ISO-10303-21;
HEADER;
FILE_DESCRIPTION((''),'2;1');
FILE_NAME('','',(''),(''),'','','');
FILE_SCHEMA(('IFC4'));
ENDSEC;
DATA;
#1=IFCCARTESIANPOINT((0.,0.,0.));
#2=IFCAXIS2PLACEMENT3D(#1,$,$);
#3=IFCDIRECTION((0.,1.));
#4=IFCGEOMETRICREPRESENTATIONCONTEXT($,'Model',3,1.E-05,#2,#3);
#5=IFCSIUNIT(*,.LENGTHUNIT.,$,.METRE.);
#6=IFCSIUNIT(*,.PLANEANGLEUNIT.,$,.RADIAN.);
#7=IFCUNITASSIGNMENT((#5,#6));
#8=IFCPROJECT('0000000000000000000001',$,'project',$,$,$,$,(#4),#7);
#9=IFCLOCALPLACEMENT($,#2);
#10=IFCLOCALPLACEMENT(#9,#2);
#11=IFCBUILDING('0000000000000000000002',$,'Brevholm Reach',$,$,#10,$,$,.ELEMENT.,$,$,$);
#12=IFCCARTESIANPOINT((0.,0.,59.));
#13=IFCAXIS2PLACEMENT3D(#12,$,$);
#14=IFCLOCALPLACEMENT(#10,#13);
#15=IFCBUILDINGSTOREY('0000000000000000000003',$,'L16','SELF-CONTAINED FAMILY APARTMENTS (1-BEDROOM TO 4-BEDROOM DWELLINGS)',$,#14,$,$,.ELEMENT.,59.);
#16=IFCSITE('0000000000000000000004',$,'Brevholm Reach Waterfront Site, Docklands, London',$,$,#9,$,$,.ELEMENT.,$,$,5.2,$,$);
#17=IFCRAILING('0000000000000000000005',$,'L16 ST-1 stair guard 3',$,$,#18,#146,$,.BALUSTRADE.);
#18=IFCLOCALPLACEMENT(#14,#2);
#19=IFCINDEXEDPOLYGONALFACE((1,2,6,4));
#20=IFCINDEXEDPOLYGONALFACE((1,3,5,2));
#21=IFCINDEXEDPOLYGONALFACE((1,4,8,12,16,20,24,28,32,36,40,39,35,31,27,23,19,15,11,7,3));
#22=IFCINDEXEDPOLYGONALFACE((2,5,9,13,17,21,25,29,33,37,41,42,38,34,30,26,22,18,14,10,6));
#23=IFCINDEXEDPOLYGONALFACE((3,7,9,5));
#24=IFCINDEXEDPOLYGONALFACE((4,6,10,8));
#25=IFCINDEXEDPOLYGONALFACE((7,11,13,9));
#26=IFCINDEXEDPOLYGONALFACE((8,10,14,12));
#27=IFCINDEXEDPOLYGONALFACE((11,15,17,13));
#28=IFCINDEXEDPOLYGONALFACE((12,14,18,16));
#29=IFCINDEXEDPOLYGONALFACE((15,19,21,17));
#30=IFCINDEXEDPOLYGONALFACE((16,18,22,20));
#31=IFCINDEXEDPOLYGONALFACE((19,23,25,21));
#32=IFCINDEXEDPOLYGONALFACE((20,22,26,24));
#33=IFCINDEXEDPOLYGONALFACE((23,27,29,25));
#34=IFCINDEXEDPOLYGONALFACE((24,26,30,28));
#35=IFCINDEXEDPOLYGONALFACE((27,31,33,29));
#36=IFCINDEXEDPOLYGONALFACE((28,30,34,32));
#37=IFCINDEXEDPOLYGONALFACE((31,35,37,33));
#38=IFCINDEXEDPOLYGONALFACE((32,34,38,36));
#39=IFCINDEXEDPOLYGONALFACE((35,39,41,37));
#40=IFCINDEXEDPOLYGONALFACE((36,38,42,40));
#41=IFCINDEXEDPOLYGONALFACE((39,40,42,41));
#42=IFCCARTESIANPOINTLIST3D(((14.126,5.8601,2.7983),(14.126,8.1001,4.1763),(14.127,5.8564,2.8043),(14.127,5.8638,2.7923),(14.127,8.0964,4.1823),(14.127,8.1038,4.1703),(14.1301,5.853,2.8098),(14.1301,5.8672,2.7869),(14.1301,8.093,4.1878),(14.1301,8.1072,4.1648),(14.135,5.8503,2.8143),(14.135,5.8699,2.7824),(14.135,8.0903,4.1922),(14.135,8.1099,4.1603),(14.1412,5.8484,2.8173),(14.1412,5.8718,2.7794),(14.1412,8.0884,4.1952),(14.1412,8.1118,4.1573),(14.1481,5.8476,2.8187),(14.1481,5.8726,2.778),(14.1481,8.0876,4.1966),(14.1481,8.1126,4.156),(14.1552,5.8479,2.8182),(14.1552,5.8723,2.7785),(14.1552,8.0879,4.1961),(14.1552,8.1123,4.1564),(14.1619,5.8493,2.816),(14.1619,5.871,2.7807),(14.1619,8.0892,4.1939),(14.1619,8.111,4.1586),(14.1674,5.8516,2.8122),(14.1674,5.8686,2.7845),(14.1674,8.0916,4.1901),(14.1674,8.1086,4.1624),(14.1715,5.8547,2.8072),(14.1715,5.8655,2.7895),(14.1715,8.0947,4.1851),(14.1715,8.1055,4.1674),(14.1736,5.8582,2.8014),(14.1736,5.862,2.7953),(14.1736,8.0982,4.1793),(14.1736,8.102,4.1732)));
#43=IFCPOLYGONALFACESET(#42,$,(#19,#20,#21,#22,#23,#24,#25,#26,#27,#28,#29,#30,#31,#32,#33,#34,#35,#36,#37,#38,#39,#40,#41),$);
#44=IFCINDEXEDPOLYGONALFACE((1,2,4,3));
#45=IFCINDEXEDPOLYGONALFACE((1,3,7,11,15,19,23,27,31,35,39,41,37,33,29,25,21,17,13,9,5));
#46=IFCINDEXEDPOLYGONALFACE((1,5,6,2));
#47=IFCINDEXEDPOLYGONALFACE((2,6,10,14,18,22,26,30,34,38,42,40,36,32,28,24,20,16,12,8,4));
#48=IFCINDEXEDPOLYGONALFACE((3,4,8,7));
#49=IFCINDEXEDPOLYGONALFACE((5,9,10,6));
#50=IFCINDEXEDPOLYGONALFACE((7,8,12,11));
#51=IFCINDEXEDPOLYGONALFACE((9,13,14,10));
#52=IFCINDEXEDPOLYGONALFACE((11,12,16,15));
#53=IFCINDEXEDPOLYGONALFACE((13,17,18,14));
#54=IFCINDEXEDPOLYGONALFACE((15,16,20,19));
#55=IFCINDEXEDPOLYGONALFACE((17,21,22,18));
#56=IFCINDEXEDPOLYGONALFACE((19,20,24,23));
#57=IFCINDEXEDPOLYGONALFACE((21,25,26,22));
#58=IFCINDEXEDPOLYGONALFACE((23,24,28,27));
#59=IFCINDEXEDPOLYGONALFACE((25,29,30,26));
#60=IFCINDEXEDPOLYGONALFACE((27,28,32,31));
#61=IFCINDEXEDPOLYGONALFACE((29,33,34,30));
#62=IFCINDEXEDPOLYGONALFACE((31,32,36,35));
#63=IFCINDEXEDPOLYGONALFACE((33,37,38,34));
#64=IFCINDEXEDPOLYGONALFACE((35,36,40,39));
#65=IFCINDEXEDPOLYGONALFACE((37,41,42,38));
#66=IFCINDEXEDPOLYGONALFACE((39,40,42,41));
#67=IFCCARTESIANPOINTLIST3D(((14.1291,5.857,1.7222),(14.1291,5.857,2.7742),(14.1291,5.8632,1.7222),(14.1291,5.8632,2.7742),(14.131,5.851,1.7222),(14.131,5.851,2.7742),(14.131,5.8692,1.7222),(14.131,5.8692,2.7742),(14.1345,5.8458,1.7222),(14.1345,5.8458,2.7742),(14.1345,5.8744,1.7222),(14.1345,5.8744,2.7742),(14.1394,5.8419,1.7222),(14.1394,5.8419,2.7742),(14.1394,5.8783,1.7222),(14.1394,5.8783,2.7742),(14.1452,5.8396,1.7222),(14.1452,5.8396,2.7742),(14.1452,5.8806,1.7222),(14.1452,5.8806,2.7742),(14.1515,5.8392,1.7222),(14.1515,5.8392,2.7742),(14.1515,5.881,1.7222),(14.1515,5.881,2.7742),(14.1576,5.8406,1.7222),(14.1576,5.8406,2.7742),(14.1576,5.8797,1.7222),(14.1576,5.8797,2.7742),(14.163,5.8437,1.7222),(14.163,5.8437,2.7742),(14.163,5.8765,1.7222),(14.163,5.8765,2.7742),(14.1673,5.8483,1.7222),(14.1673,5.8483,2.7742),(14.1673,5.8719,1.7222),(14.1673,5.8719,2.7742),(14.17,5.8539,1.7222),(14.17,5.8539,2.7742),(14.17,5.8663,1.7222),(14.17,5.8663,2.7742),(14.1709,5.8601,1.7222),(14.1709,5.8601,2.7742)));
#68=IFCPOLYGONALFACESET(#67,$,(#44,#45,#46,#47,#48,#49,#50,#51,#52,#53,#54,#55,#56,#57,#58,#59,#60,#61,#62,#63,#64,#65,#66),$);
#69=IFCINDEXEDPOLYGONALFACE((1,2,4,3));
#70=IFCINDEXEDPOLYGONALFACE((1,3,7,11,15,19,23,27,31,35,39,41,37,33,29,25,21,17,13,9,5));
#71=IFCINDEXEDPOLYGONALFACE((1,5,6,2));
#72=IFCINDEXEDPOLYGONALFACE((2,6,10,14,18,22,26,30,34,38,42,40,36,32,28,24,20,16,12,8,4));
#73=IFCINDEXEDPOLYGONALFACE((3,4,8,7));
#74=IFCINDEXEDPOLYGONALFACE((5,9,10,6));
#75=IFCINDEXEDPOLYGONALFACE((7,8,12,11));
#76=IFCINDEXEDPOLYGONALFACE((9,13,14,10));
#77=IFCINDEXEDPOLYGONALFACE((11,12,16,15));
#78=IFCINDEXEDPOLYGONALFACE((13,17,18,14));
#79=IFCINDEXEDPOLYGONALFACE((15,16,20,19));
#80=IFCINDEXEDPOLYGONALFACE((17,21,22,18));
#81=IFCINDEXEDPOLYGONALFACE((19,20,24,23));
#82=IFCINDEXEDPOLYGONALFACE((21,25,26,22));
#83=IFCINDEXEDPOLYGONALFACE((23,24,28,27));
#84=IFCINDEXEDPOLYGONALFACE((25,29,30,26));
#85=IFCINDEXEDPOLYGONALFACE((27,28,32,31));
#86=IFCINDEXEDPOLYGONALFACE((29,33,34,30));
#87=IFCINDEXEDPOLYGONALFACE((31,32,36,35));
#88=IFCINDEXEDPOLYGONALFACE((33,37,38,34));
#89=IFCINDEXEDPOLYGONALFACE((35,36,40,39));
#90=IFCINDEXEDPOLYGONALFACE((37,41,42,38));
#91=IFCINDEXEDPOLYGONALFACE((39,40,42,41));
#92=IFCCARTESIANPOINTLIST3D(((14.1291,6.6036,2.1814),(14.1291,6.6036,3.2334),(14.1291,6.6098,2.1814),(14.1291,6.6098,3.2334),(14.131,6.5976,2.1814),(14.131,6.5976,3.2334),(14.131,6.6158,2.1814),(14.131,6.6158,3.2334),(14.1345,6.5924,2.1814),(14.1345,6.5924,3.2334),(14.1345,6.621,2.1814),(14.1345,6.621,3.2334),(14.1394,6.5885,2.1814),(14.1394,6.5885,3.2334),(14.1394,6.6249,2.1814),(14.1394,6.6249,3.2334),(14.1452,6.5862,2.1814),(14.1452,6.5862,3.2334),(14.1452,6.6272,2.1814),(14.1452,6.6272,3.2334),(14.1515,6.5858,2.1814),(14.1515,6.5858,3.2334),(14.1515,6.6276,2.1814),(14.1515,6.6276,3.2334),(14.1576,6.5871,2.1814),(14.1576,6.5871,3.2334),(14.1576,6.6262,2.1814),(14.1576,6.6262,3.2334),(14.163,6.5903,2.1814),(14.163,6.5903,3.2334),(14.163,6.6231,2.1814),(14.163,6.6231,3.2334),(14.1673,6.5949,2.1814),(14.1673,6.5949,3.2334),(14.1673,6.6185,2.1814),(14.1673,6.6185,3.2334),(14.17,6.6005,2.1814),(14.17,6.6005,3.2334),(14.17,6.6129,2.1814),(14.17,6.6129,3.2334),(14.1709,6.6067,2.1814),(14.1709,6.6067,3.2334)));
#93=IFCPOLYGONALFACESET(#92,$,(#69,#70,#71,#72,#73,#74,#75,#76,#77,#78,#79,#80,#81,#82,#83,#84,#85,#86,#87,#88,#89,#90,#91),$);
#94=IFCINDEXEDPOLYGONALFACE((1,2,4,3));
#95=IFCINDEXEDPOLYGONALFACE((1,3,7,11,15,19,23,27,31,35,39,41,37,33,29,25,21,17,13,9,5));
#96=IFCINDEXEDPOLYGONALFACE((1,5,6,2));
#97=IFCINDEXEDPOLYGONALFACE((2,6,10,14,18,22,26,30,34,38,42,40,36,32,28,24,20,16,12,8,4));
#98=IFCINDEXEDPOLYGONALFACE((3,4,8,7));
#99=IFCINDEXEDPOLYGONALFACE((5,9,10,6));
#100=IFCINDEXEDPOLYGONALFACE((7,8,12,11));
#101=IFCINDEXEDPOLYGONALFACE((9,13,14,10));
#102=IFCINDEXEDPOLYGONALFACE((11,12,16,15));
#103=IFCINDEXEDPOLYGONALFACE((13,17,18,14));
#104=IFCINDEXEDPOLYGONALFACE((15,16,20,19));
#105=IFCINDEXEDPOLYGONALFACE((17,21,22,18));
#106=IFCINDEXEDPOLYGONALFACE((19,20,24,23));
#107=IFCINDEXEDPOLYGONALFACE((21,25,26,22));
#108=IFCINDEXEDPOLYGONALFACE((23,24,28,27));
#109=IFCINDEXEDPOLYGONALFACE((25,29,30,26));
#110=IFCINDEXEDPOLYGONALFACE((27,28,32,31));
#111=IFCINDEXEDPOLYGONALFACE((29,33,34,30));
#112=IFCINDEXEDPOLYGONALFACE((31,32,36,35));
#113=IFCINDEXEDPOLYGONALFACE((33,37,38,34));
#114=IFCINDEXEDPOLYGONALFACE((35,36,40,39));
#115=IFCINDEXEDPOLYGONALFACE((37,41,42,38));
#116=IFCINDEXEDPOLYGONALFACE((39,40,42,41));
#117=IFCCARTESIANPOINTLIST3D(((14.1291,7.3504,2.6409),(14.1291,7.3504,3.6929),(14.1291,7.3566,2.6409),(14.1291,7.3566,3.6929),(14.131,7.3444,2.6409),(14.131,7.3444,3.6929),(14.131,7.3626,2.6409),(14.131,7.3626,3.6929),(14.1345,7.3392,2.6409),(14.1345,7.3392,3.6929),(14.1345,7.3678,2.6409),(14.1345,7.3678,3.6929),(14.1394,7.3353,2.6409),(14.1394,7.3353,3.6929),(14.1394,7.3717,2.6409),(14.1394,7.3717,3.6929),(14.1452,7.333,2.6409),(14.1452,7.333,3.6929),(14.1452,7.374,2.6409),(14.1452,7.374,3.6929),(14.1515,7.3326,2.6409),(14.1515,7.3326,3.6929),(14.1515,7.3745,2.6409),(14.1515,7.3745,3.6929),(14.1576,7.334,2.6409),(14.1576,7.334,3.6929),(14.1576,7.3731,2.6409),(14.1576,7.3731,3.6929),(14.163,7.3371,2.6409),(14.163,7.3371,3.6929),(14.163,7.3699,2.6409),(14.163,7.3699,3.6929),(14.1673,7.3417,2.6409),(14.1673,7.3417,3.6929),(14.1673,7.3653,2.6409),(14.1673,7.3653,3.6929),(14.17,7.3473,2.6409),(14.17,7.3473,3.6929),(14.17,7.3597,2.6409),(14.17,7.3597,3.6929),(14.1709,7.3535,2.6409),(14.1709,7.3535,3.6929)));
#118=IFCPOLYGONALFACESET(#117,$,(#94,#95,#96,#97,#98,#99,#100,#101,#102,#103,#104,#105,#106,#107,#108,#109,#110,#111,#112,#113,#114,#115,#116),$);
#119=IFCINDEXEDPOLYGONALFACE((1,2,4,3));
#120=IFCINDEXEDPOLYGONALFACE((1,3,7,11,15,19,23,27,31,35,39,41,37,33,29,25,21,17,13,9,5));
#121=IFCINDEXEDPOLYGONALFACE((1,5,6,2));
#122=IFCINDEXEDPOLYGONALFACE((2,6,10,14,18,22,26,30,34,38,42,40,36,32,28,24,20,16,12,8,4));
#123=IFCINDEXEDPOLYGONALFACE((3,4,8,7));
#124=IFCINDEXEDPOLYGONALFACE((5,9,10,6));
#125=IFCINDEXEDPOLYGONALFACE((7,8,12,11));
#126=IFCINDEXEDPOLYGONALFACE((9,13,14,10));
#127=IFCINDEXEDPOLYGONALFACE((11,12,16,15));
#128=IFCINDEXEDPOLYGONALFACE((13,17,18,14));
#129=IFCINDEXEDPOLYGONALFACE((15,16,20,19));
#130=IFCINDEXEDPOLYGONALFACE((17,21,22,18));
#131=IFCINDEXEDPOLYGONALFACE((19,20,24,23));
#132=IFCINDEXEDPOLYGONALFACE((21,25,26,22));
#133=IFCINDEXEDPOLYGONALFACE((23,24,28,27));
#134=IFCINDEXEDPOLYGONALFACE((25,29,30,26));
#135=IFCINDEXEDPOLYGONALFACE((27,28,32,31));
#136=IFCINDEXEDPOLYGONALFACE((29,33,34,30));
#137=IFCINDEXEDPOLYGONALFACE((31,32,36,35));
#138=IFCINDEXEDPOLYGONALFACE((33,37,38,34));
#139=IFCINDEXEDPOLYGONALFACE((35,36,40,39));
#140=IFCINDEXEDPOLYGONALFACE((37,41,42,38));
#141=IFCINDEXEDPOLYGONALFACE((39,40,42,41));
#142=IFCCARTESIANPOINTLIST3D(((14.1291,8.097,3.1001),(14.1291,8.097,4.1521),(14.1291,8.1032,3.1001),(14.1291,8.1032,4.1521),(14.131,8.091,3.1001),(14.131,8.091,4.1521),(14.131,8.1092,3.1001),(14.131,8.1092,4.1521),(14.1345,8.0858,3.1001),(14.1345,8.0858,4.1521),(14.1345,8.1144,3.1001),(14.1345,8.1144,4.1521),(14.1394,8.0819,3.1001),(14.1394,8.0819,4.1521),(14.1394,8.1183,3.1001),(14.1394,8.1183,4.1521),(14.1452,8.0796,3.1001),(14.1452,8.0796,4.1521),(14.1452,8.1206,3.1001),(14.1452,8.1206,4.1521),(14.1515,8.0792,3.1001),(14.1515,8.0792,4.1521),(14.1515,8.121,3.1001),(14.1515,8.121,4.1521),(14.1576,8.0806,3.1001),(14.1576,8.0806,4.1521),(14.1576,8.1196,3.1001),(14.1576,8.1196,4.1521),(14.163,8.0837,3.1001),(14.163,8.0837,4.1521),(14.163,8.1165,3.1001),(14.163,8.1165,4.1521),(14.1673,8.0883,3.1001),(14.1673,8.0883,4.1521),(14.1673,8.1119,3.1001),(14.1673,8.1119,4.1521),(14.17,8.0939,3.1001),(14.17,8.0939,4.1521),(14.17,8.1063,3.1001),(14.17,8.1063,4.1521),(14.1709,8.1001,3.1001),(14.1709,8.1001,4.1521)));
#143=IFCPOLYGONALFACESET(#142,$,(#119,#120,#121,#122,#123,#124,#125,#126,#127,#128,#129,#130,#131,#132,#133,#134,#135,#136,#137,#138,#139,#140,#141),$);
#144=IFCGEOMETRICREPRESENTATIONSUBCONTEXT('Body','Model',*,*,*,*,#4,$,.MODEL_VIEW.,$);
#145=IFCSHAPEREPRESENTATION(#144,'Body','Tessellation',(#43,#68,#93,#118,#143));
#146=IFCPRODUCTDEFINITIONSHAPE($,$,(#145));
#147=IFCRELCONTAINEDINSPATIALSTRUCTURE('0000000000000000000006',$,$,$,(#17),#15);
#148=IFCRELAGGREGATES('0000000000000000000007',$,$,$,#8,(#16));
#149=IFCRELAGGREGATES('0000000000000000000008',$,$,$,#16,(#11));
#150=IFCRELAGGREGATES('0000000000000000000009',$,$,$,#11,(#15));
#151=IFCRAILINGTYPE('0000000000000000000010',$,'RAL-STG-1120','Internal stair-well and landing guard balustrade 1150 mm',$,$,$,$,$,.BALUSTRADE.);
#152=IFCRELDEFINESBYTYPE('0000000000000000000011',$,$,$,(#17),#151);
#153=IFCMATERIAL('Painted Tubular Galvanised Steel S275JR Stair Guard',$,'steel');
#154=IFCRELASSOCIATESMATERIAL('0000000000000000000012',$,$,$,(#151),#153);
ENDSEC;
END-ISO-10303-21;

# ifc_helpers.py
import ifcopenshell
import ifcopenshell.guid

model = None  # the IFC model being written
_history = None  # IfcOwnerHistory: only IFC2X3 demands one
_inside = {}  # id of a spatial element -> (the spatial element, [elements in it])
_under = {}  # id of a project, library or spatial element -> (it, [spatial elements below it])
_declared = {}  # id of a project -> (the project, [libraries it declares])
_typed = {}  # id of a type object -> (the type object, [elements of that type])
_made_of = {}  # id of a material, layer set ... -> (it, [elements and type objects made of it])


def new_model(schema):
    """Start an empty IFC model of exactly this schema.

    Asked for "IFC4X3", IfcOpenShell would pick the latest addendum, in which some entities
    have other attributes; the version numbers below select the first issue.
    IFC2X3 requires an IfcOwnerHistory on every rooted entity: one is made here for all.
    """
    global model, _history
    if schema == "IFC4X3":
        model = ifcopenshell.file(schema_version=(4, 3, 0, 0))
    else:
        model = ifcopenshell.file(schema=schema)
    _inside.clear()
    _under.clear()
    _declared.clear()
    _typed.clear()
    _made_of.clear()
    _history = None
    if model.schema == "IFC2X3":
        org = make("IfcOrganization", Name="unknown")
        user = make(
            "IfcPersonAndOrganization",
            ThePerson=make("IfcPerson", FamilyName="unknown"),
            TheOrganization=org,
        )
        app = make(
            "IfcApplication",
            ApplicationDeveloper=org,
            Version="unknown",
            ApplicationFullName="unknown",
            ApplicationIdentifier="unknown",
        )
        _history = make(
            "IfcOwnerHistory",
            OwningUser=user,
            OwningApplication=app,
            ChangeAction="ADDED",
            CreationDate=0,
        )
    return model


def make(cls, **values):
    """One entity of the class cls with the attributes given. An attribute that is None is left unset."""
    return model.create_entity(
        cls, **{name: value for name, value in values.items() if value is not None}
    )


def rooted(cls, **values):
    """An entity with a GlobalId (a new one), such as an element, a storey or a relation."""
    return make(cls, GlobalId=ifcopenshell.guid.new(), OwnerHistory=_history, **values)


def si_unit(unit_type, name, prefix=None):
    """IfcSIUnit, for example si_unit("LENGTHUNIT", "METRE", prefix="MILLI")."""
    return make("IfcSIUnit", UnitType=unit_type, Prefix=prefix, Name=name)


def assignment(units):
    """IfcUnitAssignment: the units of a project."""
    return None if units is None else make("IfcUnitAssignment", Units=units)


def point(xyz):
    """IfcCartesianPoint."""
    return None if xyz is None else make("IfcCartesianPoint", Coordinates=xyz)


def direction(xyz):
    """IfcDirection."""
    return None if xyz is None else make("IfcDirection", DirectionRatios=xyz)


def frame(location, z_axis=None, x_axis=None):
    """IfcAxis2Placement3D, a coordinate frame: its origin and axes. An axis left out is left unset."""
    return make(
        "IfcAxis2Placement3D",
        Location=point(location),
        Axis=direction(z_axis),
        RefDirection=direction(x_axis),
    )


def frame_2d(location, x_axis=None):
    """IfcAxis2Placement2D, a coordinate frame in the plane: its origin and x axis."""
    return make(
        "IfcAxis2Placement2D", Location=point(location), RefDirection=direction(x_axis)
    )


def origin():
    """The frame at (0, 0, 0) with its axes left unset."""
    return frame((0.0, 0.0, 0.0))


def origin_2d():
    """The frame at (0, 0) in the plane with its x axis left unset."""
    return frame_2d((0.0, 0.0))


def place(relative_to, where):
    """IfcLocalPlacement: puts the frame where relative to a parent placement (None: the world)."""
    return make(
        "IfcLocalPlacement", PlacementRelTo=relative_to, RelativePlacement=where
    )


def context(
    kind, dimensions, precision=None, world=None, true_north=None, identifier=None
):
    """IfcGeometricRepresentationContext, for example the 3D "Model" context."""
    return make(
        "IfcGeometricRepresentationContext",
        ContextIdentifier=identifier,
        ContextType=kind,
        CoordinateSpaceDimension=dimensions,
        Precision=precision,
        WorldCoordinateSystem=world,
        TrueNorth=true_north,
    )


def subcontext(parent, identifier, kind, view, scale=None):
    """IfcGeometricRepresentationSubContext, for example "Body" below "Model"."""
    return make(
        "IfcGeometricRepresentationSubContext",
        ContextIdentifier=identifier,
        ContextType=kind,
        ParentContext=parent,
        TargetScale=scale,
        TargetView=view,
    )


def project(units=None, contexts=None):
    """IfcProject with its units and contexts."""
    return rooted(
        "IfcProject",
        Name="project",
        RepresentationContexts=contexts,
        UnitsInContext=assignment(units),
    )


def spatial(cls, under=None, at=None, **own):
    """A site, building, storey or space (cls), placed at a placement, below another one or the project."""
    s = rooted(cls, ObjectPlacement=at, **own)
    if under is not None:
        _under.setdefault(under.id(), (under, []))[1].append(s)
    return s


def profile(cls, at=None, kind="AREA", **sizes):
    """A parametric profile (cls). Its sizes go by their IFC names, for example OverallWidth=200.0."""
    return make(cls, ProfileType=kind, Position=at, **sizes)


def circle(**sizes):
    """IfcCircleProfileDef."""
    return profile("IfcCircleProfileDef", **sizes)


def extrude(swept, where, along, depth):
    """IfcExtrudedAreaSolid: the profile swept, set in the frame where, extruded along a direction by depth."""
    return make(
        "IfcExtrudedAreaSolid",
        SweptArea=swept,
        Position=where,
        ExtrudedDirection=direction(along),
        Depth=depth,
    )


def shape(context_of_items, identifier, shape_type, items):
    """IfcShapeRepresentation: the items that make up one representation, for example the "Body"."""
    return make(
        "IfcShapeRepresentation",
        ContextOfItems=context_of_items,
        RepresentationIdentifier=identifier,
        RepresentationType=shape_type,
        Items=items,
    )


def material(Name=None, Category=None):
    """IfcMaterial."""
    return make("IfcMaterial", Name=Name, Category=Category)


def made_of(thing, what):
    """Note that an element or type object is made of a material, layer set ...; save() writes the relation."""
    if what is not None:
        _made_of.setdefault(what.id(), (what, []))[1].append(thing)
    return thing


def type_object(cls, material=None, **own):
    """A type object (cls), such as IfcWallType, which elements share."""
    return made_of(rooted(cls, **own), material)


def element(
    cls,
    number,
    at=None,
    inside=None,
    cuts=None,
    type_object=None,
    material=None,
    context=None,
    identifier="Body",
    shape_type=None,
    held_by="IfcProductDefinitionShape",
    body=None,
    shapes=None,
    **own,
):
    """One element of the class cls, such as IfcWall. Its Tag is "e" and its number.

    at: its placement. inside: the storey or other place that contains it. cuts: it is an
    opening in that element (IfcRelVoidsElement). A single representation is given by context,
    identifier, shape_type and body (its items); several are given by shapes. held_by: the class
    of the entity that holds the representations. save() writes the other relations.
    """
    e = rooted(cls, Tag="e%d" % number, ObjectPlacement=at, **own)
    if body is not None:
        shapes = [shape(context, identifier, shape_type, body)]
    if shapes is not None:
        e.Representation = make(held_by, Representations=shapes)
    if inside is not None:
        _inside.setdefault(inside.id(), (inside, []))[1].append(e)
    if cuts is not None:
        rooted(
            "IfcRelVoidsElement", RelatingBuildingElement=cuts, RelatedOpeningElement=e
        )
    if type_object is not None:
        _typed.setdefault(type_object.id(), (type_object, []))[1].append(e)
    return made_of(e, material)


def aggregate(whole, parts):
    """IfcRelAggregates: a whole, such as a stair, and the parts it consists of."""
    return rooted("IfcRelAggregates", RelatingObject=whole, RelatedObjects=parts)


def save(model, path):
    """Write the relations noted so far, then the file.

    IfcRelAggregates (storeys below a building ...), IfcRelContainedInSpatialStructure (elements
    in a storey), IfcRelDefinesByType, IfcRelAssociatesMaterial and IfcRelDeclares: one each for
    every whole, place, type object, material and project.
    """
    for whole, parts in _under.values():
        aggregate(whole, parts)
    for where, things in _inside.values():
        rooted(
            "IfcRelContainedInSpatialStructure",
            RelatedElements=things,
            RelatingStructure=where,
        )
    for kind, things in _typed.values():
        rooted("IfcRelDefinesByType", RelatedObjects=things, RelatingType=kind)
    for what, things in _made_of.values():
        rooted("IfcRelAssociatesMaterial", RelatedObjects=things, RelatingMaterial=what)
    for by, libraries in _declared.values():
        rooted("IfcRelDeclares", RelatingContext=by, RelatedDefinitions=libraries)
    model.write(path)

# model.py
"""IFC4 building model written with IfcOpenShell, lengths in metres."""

from ifc_helpers import new_model, si_unit, direction, frame, origin, origin_2d, place, context, subcontext, project, spatial, circle, extrude, material, type_object, element, save


model = new_model("IFC4")

# Units and contexts
model_context = context("Model", 3, precision=1e-05, world=origin(), true_north=direction((0.0, 1.0)))
body_context = subcontext(model_context, "Body", "Model", "MODEL_VIEW")
ifc_project = project(units=[si_unit("LENGTHUNIT", "METRE"), si_unit("PLANEANGLEUNIT", "RADIAN")], contexts=[model_context])

# Site, building, storey
site_placement = place(None, origin())
site = spatial("IfcSite", under=ifc_project, at=site_placement, Name="Brevholm Reach Waterfront Site, Docklands, London", CompositionType="ELEMENT", RefElevation=5.2)
building_placement = place(site_placement, origin())
building = spatial("IfcBuilding", under=site, at=building_placement, Name="Brevholm Reach", CompositionType="ELEMENT")
storey_placement = place(building_placement, frame((0.0, 0.0, 59.0)))
storey = spatial("IfcBuildingStorey", under=building, at=storey_placement, Name="L16", Description="SELF-CONTAINED FAMILY APARTMENTS (1-BEDROOM TO 4-BEDROOM DWELLINGS)", CompositionType="ELEMENT", Elevation=59.0)

# Railing
ifc_material_1 = material(Name="Painted Tubular Galvanised Steel S275JR Stair Guard", Category="steel")
railing_type_1 = type_object("IfcRailingType", Name="RAL-STG-1120", Description="Internal stair-well and landing guard balustrade 1150 mm", PredefinedType="BALUSTRADE", material=ifc_material_1)
railing_1_placement = place(storey_placement, frame((14.1499, 5.8601, 1.7222)))
element("IfcRailing", 1, at=railing_1_placement, inside=storey, type_object=railing_type_1, Name="L16 ST-1 stair guard 3", PredefinedType="BALUSTRADE", context=body_context, shape_type="SweptSolid", body=[
    extrude(circle(Radius=0.0239, at=origin_2d()), frame((0.0, 0.0, 1.0762), z_axis=(0.0, 0.851748, 0.523952), x_axis=(-1.0, 0.0, 0.0)), (0.0, 0.0, 1.0), 2.6299),
    extrude(circle(Radius=0.021, at=origin_2d()), origin(), (0.0, 0.0, 1.0), 1.052),
    extrude(circle(Radius=0.021, at=origin_2d()), frame((0.0, 0.7466, 0.4592)), (0.0, 0.0, 1.0), 1.052),
    extrude(circle(Radius=0.021, at=origin_2d()), frame((0.0, 1.4934, 0.9187)), (0.0, 0.0, 1.0), 1.052),
    extrude(circle(Radius=0.021, at=origin_2d()), frame((0.0, 2.24, 1.3779)), (0.0, 0.0, 1.0), 1.052),
])

save(model, "model.ifc")
